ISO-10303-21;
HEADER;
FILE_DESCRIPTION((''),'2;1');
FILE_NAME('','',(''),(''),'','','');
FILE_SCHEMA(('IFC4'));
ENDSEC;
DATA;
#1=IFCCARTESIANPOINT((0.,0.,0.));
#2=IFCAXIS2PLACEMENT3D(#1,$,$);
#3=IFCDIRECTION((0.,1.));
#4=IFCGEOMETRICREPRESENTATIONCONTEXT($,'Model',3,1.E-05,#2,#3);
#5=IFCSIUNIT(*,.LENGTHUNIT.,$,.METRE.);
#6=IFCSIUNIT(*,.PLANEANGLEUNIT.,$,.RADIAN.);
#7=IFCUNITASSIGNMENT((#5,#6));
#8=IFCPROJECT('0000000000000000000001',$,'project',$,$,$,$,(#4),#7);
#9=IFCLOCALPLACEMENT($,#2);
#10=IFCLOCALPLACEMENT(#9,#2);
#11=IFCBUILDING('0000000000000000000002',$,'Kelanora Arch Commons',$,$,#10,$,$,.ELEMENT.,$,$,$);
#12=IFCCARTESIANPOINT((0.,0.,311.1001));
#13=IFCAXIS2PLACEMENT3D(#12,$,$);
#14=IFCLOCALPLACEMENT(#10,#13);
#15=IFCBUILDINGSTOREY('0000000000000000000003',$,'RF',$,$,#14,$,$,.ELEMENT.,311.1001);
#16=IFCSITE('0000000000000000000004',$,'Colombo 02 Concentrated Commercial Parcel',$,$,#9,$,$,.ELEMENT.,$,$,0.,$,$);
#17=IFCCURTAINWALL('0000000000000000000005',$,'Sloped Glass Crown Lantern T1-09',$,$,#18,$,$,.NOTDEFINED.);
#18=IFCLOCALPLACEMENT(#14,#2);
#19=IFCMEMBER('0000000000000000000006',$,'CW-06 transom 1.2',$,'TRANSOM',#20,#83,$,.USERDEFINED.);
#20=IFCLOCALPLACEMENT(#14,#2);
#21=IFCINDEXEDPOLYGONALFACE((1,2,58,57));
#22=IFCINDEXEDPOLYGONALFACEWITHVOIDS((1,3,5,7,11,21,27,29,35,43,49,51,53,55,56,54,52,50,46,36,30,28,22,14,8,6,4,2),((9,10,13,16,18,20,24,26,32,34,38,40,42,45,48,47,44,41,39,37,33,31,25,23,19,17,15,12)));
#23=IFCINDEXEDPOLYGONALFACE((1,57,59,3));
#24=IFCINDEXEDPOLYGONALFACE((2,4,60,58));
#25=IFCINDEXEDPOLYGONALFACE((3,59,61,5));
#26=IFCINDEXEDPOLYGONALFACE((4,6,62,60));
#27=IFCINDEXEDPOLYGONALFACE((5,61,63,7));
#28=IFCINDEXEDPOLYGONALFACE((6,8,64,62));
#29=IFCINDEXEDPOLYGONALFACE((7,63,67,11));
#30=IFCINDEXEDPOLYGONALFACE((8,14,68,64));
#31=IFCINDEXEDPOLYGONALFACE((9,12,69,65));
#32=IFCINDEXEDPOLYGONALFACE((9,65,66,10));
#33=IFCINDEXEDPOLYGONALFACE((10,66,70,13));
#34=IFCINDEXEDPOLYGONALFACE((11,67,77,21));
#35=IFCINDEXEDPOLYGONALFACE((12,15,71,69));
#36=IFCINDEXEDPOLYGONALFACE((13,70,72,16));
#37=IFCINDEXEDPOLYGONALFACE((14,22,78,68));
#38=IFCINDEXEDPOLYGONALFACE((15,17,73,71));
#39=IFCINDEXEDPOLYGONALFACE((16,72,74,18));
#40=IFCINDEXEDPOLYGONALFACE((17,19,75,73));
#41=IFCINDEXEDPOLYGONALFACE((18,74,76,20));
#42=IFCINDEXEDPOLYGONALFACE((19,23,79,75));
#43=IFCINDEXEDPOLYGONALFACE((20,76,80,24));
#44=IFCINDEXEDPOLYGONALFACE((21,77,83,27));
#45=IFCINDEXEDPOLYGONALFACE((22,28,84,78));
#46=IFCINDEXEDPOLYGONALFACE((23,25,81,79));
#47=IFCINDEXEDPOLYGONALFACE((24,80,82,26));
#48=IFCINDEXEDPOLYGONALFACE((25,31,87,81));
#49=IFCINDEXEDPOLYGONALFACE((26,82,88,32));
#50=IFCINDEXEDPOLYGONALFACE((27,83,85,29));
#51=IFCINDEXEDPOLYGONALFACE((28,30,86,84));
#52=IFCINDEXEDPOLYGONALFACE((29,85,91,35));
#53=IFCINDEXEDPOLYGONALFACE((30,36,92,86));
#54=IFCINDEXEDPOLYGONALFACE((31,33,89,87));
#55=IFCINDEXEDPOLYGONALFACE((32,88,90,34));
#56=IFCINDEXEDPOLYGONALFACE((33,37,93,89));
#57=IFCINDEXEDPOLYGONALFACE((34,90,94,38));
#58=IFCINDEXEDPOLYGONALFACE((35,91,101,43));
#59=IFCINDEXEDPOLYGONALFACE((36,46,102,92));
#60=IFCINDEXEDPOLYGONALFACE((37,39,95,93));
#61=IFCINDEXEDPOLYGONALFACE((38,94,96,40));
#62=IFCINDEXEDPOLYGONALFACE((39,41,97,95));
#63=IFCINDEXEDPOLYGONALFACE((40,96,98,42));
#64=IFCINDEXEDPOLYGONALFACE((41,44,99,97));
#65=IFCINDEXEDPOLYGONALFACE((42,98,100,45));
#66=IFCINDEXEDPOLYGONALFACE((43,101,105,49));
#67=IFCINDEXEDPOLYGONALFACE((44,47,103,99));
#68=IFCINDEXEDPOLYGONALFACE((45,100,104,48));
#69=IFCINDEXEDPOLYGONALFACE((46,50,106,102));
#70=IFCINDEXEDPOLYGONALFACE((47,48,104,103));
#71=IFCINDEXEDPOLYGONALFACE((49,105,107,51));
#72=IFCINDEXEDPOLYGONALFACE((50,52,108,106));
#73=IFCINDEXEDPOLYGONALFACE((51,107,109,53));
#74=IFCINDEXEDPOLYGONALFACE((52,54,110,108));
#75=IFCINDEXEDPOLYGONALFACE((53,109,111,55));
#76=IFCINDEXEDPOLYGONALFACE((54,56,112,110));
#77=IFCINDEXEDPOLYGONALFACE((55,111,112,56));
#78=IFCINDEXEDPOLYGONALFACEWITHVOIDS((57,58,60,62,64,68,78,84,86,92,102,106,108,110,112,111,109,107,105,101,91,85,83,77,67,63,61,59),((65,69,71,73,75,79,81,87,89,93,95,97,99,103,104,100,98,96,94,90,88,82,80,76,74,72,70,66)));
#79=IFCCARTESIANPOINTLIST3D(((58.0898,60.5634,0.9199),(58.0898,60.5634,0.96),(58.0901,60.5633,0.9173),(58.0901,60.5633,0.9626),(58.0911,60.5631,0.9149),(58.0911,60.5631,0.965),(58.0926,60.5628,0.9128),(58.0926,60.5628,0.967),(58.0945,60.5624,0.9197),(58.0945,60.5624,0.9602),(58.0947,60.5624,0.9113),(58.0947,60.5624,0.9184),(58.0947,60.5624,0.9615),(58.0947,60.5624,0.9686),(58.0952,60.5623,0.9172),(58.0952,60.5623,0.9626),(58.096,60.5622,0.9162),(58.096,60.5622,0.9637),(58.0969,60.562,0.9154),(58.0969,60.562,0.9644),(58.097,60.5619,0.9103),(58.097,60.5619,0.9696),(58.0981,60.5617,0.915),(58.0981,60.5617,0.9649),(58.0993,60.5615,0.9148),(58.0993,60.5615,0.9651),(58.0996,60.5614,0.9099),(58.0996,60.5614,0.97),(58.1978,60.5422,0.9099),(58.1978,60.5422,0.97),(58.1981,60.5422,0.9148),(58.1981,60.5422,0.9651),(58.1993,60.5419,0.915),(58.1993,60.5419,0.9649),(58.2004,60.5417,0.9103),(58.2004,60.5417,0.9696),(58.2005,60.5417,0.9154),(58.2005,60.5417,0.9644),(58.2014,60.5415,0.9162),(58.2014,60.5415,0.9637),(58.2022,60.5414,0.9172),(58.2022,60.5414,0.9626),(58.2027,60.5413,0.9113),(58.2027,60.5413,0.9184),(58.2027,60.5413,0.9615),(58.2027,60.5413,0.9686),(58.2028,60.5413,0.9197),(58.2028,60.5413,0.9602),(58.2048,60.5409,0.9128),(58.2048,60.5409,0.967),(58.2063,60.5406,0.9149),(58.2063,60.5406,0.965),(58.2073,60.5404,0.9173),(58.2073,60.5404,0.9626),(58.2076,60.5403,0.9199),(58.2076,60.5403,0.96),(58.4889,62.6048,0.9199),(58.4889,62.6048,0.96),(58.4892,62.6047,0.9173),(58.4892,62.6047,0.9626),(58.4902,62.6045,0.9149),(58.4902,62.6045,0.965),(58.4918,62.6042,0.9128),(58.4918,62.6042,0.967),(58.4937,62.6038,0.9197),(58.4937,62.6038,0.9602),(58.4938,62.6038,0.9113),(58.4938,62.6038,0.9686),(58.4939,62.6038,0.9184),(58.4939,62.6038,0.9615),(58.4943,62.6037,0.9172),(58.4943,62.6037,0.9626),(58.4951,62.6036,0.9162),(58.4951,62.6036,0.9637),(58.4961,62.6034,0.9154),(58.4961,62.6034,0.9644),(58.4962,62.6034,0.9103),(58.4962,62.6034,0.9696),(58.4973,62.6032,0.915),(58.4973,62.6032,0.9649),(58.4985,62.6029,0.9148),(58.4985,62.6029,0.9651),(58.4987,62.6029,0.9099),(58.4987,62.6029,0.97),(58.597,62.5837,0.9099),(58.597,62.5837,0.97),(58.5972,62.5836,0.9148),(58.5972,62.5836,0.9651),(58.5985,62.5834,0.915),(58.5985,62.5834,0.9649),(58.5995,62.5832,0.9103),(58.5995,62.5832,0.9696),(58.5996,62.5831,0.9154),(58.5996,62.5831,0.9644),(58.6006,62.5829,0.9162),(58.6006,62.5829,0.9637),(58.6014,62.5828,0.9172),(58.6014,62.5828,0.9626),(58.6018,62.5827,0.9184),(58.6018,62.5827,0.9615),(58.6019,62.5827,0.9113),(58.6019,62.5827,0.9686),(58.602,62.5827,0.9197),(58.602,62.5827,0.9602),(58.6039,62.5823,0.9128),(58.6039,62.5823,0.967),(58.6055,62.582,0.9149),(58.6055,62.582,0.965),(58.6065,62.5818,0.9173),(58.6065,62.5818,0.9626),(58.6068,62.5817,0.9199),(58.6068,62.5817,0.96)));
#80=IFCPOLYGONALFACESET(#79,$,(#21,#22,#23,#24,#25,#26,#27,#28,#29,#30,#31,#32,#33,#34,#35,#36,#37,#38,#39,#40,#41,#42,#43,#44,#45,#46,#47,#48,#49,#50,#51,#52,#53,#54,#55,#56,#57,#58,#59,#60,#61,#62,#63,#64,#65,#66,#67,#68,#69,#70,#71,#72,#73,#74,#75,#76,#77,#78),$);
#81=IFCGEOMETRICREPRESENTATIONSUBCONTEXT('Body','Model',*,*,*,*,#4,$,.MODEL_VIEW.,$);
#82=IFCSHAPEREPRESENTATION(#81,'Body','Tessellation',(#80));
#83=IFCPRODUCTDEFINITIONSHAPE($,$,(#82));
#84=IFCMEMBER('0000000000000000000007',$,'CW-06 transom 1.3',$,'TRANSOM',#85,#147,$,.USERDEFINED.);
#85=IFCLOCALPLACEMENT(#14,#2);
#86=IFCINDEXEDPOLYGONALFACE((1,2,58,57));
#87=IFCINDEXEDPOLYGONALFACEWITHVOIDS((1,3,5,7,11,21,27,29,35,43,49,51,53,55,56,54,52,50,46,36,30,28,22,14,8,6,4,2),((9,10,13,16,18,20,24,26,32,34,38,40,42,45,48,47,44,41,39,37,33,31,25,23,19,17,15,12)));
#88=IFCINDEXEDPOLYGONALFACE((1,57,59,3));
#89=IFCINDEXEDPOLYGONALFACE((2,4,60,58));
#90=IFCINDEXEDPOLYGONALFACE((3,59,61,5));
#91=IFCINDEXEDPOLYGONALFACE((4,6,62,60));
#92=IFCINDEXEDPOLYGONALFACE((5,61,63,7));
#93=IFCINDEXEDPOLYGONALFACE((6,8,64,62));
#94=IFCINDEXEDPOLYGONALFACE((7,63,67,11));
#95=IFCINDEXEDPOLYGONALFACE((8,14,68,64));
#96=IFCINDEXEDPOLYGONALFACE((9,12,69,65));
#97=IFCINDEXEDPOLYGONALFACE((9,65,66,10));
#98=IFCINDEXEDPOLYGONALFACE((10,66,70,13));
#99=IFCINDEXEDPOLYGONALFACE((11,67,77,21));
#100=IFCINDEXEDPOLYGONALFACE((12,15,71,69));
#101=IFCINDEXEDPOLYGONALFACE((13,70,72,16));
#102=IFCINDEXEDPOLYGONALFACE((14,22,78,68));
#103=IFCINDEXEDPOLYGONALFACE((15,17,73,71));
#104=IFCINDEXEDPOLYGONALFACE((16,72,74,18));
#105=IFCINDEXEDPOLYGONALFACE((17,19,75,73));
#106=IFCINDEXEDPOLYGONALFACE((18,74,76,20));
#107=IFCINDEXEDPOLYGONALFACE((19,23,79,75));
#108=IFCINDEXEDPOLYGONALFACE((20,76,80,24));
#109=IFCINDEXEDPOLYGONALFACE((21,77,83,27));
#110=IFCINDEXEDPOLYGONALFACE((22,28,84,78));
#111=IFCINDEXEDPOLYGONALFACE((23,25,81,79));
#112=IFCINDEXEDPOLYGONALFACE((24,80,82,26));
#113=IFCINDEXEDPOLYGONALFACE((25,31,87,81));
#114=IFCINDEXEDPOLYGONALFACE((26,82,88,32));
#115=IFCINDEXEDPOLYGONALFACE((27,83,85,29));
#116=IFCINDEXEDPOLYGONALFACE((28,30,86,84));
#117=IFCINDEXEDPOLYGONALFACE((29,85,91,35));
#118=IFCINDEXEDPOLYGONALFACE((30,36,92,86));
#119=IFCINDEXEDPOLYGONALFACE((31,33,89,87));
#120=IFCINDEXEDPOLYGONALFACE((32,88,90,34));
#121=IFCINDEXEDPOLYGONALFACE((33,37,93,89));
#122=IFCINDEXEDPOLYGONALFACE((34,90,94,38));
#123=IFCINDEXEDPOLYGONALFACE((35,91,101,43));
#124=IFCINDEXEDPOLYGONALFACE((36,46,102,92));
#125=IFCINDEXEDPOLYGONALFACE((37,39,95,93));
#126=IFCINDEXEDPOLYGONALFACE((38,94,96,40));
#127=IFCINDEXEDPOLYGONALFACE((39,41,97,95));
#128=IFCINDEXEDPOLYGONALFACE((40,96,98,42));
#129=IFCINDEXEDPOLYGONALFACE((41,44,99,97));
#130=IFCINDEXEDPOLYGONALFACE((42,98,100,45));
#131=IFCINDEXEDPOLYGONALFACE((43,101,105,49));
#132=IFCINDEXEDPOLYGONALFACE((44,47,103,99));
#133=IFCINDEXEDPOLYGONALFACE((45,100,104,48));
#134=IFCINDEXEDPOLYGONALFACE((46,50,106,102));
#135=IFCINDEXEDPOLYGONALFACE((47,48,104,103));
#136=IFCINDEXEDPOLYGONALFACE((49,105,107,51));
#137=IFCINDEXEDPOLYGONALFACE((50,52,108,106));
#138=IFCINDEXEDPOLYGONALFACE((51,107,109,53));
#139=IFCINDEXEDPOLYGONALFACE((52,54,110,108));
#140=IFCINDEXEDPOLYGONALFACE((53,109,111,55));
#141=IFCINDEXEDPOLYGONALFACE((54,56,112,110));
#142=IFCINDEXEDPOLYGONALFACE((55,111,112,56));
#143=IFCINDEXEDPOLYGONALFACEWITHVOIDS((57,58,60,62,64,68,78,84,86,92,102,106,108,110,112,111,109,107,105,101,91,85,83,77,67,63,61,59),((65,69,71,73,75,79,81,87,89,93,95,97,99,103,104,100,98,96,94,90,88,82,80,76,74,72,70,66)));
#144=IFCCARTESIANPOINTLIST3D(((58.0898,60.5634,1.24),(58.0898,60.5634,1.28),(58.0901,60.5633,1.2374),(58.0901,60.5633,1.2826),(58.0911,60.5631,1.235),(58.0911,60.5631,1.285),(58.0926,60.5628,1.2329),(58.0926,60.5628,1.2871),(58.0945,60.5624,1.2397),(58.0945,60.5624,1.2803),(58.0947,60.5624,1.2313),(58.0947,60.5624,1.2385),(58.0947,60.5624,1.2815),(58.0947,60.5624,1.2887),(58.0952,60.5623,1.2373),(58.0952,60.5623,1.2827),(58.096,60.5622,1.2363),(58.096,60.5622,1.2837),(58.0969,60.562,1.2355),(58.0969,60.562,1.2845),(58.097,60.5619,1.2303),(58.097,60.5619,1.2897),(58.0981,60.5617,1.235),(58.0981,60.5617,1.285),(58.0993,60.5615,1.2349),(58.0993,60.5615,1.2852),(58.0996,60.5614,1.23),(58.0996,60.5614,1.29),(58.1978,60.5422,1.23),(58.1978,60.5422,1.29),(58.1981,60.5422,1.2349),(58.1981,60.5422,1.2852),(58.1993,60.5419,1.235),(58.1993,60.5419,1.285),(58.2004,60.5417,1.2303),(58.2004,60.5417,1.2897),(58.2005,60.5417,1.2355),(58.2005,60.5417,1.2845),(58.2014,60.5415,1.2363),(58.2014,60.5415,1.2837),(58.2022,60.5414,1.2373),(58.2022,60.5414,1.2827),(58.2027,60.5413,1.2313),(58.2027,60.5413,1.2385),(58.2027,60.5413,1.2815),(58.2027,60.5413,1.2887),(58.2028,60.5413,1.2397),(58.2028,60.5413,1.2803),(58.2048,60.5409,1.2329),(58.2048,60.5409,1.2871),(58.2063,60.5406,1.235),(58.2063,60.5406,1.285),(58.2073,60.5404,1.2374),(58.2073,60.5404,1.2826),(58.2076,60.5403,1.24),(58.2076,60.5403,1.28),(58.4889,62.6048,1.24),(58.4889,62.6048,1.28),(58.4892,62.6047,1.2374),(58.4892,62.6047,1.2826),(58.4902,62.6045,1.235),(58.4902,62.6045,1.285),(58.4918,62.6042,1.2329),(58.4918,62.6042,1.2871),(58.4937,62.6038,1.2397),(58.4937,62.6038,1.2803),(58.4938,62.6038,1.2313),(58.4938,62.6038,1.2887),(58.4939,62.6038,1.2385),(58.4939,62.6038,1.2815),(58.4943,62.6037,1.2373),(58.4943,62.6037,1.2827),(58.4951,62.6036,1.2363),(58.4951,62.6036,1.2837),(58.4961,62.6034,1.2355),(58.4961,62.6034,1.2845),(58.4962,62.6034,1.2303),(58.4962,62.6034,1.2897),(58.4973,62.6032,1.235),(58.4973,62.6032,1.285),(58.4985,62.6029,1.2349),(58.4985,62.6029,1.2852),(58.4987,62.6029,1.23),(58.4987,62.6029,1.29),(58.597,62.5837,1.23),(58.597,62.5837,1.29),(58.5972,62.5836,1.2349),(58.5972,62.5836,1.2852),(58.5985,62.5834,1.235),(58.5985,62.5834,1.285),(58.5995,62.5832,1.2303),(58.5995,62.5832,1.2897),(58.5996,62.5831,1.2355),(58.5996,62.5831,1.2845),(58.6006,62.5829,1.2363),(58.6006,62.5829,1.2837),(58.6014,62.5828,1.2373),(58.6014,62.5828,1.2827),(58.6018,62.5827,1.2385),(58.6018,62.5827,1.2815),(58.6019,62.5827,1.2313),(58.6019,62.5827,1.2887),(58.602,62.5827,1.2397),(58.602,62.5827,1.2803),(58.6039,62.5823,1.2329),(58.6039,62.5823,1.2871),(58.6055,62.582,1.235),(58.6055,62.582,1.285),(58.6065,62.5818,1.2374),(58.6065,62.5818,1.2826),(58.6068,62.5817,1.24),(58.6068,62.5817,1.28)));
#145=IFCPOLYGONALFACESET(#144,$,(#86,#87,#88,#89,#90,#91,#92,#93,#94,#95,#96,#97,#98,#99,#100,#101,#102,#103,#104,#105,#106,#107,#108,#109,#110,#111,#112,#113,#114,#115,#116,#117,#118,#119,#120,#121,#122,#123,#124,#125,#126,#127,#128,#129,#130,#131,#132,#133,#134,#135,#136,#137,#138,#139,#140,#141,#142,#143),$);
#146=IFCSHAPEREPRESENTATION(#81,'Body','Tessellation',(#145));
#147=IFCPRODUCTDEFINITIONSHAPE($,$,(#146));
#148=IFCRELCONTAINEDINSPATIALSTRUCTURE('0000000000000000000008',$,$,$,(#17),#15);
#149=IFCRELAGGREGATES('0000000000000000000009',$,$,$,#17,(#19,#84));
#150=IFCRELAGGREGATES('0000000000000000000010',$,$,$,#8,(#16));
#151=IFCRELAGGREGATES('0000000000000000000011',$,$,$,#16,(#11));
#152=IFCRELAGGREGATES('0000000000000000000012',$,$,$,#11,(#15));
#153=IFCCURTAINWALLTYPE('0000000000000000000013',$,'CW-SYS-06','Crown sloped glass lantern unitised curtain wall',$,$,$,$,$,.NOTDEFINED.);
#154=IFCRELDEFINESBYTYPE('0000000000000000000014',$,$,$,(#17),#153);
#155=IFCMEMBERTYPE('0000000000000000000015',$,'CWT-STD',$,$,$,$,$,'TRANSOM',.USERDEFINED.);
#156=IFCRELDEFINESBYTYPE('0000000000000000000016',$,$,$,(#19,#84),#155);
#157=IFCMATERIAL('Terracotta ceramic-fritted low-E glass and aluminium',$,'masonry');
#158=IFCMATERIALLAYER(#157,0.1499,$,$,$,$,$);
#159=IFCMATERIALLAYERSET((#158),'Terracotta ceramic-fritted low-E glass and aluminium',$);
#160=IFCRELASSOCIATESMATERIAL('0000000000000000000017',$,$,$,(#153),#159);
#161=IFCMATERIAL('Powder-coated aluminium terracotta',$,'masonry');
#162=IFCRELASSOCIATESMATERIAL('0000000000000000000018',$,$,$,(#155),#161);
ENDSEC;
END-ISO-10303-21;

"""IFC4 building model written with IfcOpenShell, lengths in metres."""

from ifc_helpers import new_model, si_unit, direction, frame, origin, origin_2d, place, context, subcontext, project, spatial, hollow_rectangle, extrude, material, layer, layer_set, material_profile, profile_set, type_object, element, aggregate, save


model = new_model("IFC4")

# Units and contexts
model_context = context("Model", 3, precision=1e-05, world=origin(), true_north=direction((0.0, 1.0)))
body_context = subcontext(model_context, "Body", "Model", "MODEL_VIEW")
ifc_project = project(units=[si_unit("LENGTHUNIT", "METRE"), si_unit("PLANEANGLEUNIT", "RADIAN")], contexts=[model_context])

# Site, building, storey
site_placement = place(None, origin())
site = spatial("IfcSite", under=ifc_project, at=site_placement, Name="Colombo 02 Concentrated Commercial Parcel", CompositionType="ELEMENT", RefElevation=0.0)
building_placement = place(site_placement, origin())
building = spatial("IfcBuilding", under=site, at=building_placement, Name="Kelanora Arch Commons", CompositionType="ELEMENT")
storey_placement = place(building_placement, frame((0.0, 0.0, 311.1001)))
storey = spatial("IfcBuildingStorey", under=building, at=storey_placement, Name="RF", CompositionType="ELEMENT", Elevation=311.1001)

# Curtain wall
ifc_material_1 = material(Name="Terracotta ceramic-fritted low-E glass and aluminium", Category="masonry")
ifc_layer_1 = layer(ifc_material_1, 0.1499)
ifc_layer_set_1 = layer_set([ifc_layer_1], Name="Terracotta ceramic-fritted low-E glass and aluminium")
curtain_wall_type = type_object("IfcCurtainWallType", Name="CW-SYS-06", Description="Crown sloped glass lantern unitised curtain wall", PredefinedType="NOTDEFINED", material=ifc_layer_set_1)
curtain_wall_1_placement = place(storey_placement, origin())
curtain_wall_1 = element("IfcCurtainWall", 1, at=curtain_wall_1_placement, inside=storey, type_object=curtain_wall_type, Name="Sloped Glass Crown Lantern T1-09", PredefinedType="NOTDEFINED")
ifc_material_2 = material(Name="Powder-coated aluminium terracotta", Category="masonry")

# Members
ifc_material_profile_1 = material_profile(ifc_material_2, hollow_rectangle(XDim=0.1201, YDim=0.0601, WallThickness=0.0049, InnerFilletRadius=0.0049, OuterFilletRadius=0.01, at=origin_2d()), Name="CWT120x60")
ifc_profile_set_1 = profile_set([ifc_material_profile_1], Name="Powder-coated aluminium terracotta")
member_type_1 = type_object("IfcMemberType", Name="CWT-STD", ElementType="TRANSOM", PredefinedType="USERDEFINED", material=ifc_profile_set_1)
member_1_placement = place(storey_placement, frame((58.5479, 62.5933, 0.9399), z_axis=(-0.191894, -0.981416, 0.0), x_axis=(0.981416, -0.191894, 0.0)))
member_1 = element("IfcMember", 2, at=member_1_placement, type_object=member_type_1, Name="CW-06 transom 1.2", ObjectType="TRANSOM", PredefinedType="USERDEFINED", context=body_context, shape_type="SweptSolid", body=[
    extrude(hollow_rectangle(XDim=0.1201, YDim=0.0601, WallThickness=0.0049, InnerFilletRadius=0.0049, OuterFilletRadius=0.01, at=origin_2d()), origin(), (0.0, 0.0, 1.0), 2.0801),
])
member_2_placement = place(storey_placement, frame((58.5479, 62.5933, 1.26), z_axis=(-0.191894, -0.981416, 0.0), x_axis=(0.981416, -0.191894, 0.0)))
member_2 = element("IfcMember", 3, at=member_2_placement, type_object=member_type_1, Name="CW-06 transom 1.3", ObjectType="TRANSOM", PredefinedType="USERDEFINED", context=body_context, shape_type="SweptSolid", body=[
    extrude(hollow_rectangle(XDim=0.1201, YDim=0.0601, WallThickness=0.0049, InnerFilletRadius=0.0049, OuterFilletRadius=0.01, at=origin_2d()), origin(), (0.0, 0.0, 1.0), 2.0801),
])

aggregate(curtain_wall_1, [member_1, member_2])

save(model, "model.ifc")
